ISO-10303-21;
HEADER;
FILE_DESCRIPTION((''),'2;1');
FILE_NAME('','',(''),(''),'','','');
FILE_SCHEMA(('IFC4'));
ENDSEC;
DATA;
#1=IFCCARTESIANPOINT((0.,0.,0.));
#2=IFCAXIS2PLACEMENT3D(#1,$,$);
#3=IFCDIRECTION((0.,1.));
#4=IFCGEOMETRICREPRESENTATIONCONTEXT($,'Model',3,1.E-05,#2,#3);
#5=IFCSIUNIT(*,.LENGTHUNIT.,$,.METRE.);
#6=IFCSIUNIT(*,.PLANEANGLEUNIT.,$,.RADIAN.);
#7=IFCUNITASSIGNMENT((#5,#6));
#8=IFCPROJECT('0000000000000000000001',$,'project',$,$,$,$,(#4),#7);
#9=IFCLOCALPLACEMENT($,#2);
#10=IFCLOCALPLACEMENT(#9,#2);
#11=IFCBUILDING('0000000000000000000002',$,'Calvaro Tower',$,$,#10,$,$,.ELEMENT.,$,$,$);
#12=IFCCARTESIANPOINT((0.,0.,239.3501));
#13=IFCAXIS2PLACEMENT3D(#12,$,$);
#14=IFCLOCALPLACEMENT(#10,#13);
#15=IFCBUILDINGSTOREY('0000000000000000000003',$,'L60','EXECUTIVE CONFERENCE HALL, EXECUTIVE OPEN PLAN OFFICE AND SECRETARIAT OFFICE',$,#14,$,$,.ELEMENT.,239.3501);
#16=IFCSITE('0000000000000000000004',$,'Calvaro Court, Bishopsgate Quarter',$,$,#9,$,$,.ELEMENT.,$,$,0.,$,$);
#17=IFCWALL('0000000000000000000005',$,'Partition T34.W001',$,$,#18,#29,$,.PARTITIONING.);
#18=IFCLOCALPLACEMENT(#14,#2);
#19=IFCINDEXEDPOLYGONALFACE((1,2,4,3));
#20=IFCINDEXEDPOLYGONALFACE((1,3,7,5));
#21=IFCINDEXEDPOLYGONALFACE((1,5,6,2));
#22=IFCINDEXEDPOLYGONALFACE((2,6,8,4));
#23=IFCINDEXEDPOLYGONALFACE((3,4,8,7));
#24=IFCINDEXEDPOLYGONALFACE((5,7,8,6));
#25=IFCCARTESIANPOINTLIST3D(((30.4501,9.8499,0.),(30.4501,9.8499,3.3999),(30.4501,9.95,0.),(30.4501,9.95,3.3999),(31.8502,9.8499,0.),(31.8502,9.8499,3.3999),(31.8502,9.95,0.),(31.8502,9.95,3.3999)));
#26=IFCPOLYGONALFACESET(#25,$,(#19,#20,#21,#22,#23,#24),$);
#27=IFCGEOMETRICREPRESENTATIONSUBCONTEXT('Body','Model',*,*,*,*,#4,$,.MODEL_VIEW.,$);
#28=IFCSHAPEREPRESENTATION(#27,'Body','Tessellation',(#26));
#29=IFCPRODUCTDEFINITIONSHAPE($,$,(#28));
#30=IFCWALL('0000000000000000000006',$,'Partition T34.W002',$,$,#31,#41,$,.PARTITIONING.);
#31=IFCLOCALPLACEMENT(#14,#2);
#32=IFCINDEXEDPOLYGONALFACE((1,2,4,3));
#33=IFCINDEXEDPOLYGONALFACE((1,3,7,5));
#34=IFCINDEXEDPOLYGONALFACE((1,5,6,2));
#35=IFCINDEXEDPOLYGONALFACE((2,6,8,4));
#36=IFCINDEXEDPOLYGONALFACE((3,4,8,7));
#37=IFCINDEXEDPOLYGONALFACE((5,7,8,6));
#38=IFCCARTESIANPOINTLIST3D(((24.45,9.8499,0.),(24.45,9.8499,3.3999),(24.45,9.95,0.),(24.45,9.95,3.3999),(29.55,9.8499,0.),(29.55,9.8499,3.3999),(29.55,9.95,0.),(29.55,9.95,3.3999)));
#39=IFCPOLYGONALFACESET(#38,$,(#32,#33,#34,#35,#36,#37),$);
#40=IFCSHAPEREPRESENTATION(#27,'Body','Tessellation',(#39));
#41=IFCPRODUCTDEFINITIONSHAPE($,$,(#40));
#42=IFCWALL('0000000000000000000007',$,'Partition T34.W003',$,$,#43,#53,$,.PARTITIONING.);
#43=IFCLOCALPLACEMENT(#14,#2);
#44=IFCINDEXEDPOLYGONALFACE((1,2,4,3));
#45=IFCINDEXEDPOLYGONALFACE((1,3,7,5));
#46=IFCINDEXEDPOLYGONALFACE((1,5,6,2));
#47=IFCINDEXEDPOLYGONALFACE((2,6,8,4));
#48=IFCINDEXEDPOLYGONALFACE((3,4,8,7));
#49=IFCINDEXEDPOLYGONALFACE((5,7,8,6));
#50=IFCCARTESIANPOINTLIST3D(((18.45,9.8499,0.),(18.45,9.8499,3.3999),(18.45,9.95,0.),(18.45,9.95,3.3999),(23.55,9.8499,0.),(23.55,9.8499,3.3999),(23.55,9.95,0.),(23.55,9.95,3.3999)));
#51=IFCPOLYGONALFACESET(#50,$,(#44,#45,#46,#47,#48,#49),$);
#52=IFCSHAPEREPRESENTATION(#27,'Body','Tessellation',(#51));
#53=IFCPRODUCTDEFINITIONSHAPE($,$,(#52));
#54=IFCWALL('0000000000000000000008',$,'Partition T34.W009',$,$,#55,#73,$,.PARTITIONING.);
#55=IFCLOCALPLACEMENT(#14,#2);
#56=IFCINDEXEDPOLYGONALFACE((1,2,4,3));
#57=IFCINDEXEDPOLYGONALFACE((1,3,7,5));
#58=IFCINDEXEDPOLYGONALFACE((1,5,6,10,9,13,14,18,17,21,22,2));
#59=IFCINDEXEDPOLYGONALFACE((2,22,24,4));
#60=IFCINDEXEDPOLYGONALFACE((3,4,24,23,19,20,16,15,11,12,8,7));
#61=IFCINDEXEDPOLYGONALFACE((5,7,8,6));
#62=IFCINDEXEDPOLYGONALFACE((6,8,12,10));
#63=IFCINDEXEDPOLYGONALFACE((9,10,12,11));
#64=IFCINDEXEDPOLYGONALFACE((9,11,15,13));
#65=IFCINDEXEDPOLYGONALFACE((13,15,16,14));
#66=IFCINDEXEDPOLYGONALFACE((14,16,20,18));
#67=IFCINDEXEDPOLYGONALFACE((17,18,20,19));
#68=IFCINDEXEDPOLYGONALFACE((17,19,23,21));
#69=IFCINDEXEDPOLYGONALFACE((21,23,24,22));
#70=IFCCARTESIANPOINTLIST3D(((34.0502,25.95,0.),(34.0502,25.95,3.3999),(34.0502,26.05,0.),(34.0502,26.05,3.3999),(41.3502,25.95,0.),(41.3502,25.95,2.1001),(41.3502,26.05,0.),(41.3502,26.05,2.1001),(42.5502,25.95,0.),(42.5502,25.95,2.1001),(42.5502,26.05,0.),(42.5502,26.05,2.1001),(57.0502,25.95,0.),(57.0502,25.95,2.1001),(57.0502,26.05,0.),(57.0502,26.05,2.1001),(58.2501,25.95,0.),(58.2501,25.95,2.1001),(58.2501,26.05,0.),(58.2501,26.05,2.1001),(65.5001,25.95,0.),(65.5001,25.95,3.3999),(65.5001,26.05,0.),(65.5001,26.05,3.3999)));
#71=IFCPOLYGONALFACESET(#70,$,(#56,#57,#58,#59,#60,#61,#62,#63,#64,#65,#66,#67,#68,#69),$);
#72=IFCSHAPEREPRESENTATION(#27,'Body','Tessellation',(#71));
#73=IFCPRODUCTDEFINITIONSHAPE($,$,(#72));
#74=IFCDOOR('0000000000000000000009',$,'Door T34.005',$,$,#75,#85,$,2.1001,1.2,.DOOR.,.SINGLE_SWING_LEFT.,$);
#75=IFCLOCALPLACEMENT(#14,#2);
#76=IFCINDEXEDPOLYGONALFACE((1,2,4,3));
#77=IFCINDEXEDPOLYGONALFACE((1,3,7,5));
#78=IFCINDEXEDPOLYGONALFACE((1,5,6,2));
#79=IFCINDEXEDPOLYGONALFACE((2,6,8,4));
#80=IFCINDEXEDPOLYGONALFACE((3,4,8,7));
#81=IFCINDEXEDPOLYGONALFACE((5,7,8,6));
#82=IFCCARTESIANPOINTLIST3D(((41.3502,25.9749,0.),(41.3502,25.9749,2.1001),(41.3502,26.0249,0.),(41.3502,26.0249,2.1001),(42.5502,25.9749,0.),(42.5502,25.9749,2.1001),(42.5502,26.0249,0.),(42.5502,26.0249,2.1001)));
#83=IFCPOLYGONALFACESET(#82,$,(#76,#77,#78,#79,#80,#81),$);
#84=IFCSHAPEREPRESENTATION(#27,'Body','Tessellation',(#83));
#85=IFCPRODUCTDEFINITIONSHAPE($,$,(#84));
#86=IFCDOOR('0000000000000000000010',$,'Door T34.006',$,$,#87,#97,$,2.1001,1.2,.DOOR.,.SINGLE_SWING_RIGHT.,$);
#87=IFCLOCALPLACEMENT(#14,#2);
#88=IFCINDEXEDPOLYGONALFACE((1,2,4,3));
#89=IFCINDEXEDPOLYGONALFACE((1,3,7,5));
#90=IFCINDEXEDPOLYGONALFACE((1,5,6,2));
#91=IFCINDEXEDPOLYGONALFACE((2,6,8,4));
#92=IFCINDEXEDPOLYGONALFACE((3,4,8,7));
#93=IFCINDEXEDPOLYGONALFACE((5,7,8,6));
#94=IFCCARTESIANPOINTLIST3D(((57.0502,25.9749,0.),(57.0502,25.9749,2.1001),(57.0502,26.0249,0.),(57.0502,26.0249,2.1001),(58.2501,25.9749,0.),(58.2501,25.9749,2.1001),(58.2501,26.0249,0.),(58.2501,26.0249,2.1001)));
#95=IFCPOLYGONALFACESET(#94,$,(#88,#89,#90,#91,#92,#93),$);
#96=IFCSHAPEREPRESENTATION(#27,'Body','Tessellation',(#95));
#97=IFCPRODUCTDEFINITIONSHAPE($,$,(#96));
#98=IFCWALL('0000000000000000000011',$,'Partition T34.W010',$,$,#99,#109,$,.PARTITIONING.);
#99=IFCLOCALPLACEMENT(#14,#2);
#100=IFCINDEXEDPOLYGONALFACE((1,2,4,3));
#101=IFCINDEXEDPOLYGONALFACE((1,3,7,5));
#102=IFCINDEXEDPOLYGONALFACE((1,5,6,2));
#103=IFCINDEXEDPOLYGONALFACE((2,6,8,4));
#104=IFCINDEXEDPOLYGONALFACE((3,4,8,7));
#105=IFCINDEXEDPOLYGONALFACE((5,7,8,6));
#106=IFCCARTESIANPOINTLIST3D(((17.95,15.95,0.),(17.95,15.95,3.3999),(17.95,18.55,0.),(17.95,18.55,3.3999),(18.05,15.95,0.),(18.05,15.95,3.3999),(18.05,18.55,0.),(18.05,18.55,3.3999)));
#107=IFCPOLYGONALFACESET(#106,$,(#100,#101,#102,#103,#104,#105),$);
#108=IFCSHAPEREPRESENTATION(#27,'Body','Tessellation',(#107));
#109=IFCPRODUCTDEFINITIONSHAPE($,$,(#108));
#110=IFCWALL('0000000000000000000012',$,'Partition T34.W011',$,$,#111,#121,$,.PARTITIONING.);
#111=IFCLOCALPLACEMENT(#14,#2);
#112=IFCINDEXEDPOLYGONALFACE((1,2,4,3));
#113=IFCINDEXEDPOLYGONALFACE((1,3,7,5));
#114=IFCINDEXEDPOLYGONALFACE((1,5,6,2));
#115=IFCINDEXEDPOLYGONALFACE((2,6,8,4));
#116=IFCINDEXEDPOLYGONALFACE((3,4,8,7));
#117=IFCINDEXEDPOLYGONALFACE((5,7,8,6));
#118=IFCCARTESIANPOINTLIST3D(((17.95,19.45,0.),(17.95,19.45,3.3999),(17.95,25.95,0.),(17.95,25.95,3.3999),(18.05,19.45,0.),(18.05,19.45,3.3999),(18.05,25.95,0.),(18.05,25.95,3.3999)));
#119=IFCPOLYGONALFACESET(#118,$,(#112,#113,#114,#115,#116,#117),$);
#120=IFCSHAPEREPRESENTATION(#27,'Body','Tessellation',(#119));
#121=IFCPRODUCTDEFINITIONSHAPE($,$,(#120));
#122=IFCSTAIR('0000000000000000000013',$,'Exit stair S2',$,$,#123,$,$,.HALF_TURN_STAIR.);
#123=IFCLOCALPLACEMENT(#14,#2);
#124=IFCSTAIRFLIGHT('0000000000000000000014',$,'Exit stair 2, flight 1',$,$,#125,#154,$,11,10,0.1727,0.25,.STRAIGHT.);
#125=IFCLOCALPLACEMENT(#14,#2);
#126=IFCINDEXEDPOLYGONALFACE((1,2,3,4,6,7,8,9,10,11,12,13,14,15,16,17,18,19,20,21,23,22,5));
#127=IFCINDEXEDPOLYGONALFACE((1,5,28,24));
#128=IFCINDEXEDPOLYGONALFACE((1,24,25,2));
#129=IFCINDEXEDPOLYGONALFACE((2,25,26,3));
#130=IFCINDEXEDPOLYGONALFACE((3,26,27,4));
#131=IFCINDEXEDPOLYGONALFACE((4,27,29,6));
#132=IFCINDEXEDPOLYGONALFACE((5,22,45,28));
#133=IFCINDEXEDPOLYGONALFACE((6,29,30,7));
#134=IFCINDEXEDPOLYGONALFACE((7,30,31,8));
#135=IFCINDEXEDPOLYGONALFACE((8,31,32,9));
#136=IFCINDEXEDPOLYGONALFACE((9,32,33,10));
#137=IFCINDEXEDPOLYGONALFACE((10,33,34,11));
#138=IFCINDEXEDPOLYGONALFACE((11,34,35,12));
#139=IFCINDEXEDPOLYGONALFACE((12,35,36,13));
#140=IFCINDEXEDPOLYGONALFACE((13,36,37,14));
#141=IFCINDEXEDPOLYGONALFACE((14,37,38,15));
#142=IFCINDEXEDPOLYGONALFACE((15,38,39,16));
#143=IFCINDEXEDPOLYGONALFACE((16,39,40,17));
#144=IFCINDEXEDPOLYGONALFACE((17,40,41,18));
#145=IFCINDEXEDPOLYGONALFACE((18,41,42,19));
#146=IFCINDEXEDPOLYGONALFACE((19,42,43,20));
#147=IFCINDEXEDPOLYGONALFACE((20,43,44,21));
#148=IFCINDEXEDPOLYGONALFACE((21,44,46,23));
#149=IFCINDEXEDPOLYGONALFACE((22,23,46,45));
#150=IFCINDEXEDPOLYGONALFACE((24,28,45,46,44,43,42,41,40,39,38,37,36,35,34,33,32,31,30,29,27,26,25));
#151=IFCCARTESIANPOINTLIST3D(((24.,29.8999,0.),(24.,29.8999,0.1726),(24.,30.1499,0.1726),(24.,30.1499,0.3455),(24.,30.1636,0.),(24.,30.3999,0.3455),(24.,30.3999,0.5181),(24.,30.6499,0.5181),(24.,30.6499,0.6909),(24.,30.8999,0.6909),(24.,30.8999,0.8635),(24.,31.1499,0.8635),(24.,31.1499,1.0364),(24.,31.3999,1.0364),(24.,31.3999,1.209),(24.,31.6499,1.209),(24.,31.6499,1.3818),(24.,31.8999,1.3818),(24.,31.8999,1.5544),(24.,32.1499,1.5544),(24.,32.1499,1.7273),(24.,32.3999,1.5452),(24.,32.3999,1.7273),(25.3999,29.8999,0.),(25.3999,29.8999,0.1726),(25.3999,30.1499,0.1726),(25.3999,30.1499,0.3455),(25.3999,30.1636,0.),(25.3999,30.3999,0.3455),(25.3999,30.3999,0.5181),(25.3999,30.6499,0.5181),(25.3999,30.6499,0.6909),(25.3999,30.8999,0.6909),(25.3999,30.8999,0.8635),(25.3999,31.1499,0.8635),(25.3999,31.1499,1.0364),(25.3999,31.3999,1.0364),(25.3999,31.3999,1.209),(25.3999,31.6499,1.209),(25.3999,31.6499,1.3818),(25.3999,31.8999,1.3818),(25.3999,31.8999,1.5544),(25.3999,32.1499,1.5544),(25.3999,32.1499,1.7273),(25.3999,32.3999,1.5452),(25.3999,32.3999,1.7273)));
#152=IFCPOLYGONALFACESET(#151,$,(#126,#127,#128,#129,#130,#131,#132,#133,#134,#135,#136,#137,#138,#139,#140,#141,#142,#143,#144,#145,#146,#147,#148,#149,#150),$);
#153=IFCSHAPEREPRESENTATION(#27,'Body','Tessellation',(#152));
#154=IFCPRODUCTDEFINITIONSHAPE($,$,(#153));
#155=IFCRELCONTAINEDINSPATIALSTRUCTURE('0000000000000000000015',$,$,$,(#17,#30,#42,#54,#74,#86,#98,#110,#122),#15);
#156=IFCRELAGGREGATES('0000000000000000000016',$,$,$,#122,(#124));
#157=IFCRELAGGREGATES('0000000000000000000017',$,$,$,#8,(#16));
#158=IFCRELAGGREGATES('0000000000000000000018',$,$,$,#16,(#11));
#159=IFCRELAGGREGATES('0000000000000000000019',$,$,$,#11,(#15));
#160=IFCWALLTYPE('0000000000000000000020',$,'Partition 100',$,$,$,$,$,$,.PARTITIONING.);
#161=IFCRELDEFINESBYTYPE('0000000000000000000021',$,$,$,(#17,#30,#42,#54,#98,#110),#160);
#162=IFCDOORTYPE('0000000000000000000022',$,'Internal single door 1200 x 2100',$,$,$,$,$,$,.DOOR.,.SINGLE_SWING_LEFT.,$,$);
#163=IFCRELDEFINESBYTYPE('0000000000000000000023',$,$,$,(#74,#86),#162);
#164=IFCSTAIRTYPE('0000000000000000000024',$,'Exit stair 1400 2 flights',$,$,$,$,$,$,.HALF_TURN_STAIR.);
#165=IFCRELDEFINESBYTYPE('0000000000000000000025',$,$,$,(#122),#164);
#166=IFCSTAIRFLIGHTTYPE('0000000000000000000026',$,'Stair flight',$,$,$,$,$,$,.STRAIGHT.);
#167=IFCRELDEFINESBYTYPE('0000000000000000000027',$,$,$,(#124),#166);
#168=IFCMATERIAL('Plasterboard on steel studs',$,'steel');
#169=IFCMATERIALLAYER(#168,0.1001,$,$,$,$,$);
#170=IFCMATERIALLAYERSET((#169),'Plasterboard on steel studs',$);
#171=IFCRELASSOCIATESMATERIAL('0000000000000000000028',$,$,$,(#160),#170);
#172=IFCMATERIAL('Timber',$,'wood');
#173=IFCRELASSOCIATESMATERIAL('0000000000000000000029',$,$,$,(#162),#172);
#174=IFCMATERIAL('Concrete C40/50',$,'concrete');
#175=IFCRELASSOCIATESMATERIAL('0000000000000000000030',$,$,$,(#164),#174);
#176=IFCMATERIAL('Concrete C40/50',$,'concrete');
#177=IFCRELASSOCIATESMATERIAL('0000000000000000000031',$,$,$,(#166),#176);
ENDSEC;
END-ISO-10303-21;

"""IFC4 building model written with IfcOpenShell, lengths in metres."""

from ifc_helpers import new_model, si_unit, direction, frame, frame_2d, origin, place, context, subcontext, project, spatial, polyline, rectangle, outline, extrude, material, layer, layer_set, type_object, element, fill, aggregate, save


model = new_model("IFC4")

# Units and contexts
model_context = context("Model", 3, precision=1e-05, world=origin(), true_north=direction((0.0, 1.0)))
body_context = subcontext(model_context, "Body", "Model", "MODEL_VIEW")
ifc_project = project(units=[si_unit("LENGTHUNIT", "METRE"), si_unit("PLANEANGLEUNIT", "RADIAN")], contexts=[model_context])

# Site, building, storey
site_placement = place(None, origin())
site = spatial("IfcSite", under=ifc_project, at=site_placement, Name="Calvaro Court, Bishopsgate Quarter", CompositionType="ELEMENT", RefElevation=0.0)
building_placement = place(site_placement, origin())
building = spatial("IfcBuilding", under=site, at=building_placement, Name="Calvaro Tower", CompositionType="ELEMENT")
storey_placement = place(building_placement, frame((0.0, 0.0, 239.3501)))
storey = spatial("IfcBuildingStorey", under=building, at=storey_placement, Name="L60", Description="EXECUTIVE CONFERENCE HALL, EXECUTIVE OPEN PLAN OFFICE AND SECRETARIAT OFFICE", CompositionType="ELEMENT", Elevation=239.3501)

# Walls
ifc_material_1 = material(Name="Plasterboard on steel studs", Category="steel")
ifc_layer_1 = layer(ifc_material_1, 0.1001)
ifc_layer_set_1 = layer_set([ifc_layer_1], Name="Plasterboard on steel studs")
wall_type_1 = type_object("IfcWallType", Name="Partition 100", PredefinedType="PARTITIONING", material=ifc_layer_set_1)
wall_1_placement = place(storey_placement, frame((30.45, 9.8999, 0.0), z_axis=(0.0, 0.0, 1.0), x_axis=(1.0, 0.0, 0.0)))
element("IfcWall", 1, at=wall_1_placement, inside=storey, type_object=wall_type_1, Name="Partition T34.W001", PredefinedType="PARTITIONING", context=body_context, shape_type="SweptSolid", body=[
    extrude(rectangle(XDim=1.4001, YDim=0.1001, at=frame_2d((0.7002, 0.0))), origin(), (0.0, 0.0, 1.0), 3.3999),
])
for number, where, z_axis, x_axis, name in (
    (2, (24.45, 9.8999, 0.0), (0.0, 0.0, 1.0), (1.0, 0.0, 0.0), "Partition T34.W002"),
    (3, (18.45, 9.8999, 0.0), (0.0, 0.0, 1.0), (1.0, 0.0, 0.0), "Partition T34.W003"),
):
    element("IfcWall", number, at=place(storey_placement, frame(where, z_axis=z_axis, x_axis=x_axis)), inside=storey, type_object=wall_type_1, Name=name, PredefinedType="PARTITIONING", context=body_context, shape_type="SweptSolid", body=[
        extrude(rectangle(XDim=5.1001, YDim=0.1001, at=frame_2d((2.55, 0.0))), origin(), (0.0, 0.0, 1.0), 3.3999),
    ])

# Wall, openings, doors
wall_2_placement = place(storey_placement, frame((34.05, 26.0, 0.0), z_axis=(0.0, 0.0, 1.0), x_axis=(1.0, 0.0, 0.0)))
wall_2 = element("IfcWall", 4, at=wall_2_placement, inside=storey, type_object=wall_type_1, Name="Partition T34.W009", PredefinedType="PARTITIONING", context=body_context, shape_type="SweptSolid", body=[
    extrude(rectangle(XDim=31.45, YDim=0.1001, at=frame_2d((15.7251, 0.0))), origin(), (0.0, 0.0, 1.0), 3.3999),
])
opening_1_placement = place(wall_2_placement, frame((7.3, 0.0, 0.0)))
opening_1 = element("IfcOpeningElement", 5, at=opening_1_placement, cuts=wall_2, PredefinedType="OPENING", context=body_context, shape_type="SweptSolid", body=[
    extrude(rectangle(XDim=1.2, YDim=2.1001, at=frame_2d((0.6001, 1.05))), frame((0.0, 0.0601, 0.0), z_axis=(0.0, -1.0, 0.0), x_axis=(1.0, 0.0, 0.0)), (0.0, 0.0, 1.0), 0.1201),
])
opening_2_placement = place(wall_2_placement, frame((23.0, 0.0, 0.0)))
opening_2 = element("IfcOpeningElement", 6, at=opening_2_placement, cuts=wall_2, PredefinedType="OPENING", context=body_context, shape_type="SweptSolid", body=[
    extrude(rectangle(XDim=1.2, YDim=2.1001, at=frame_2d((0.6001, 1.05))), frame((0.0, 0.0601, 0.0), z_axis=(0.0, -1.0, 0.0), x_axis=(1.0, 0.0, 0.0)), (0.0, 0.0, 1.0), 0.1201),
])
ifc_material_2 = material(Name="Timber", Category="wood")
door_type_1 = type_object("IfcDoorType", Name="Internal single door 1200 x 2100", OperationType="SINGLE_SWING_LEFT", PredefinedType="DOOR", material=ifc_material_2)
door_1_placement = place(opening_1_placement, origin())
door_1 = element("IfcDoor", 7, at=door_1_placement, inside=storey, type_object=door_type_1, Name="Door T34.005", OperationType="SINGLE_SWING_LEFT", OverallHeight=2.1001, OverallWidth=1.2, PredefinedType="DOOR", context=body_context, shape_type="SweptSolid", body=[
    extrude(rectangle(XDim=1.2, YDim=2.1001, at=frame_2d((0.6001, 1.05))), frame((0.0, 0.0249, 0.0), z_axis=(0.0, -1.0, 0.0), x_axis=(1.0, 0.0, 0.0)), (0.0, 0.0, 1.0), 0.05),
])
fill(opening_1, door_1)
door_2_placement = place(opening_2_placement, origin())
door_2 = element("IfcDoor", 8, at=door_2_placement, inside=storey, type_object=door_type_1, Name="Door T34.006", OperationType="SINGLE_SWING_RIGHT", OverallHeight=2.1001, OverallWidth=1.2, PredefinedType="DOOR", context=body_context, shape_type="SweptSolid", body=[
    extrude(rectangle(XDim=1.2, YDim=2.1001, at=frame_2d((0.6001, 1.05))), frame((0.0, 0.0249, 0.0), z_axis=(0.0, -1.0, 0.0), x_axis=(1.0, 0.0, 0.0)), (0.0, 0.0, 1.0), 0.05),
])
fill(opening_2, door_2)

# Walls
wall_3_placement = place(storey_placement, frame((18.0, 15.95, 0.0), z_axis=(0.0, 0.0, 1.0), x_axis=(0.0, 1.0, 0.0)))
element("IfcWall", 9, at=wall_3_placement, inside=storey, type_object=wall_type_1, Name="Partition T34.W010", PredefinedType="PARTITIONING", context=body_context, shape_type="SweptSolid", body=[
    extrude(rectangle(XDim=2.6001, YDim=0.1001, at=frame_2d((1.3, 0.0))), origin(), (0.0, 0.0, 1.0), 3.3999),
])
wall_4_placement = place(storey_placement, frame((18.0, 19.45, 0.0), z_axis=(0.0, 0.0, 1.0), x_axis=(0.0, 1.0, 0.0)))
element("IfcWall", 10, at=wall_4_placement, inside=storey, type_object=wall_type_1, Name="Partition T34.W011", PredefinedType="PARTITIONING", context=body_context, shape_type="SweptSolid", body=[
    extrude(rectangle(XDim=6.5, YDim=0.1001, at=frame_2d((3.25, 0.0))), origin(), (0.0, 0.0, 1.0), 3.3999),
])

# Stair, stair flight
ifc_material_3 = material(Name="Concrete C40/50", Category="concrete")
stair_type = type_object("IfcStairType", Name="Exit stair 1400 2 flights", PredefinedType="HALF_TURN_STAIR", material=ifc_material_3)
stair_placement = place(storey_placement, origin())
stair = element("IfcStair", 11, at=stair_placement, inside=storey, type_object=stair_type, Name="Exit stair S2", PredefinedType="HALF_TURN_STAIR")
ifc_material_4 = material(Name="Concrete C40/50", Category="concrete")
stair_flight_type = type_object("IfcStairFlightType", Name="Stair flight", PredefinedType="STRAIGHT", material=ifc_material_4)
stair_flight_placement = place(storey_placement, frame((24.7, 29.8999, 0.0), z_axis=(0.0, 0.0, 1.0), x_axis=(0.0, 1.0, 0.0)))
stair_flight = element("IfcStairFlight", 12, at=stair_flight_placement, type_object=stair_flight_type, Name="Exit stair 2, flight 1", NumberOfRisers=11, NumberOfTreads=10, PredefinedType="STRAIGHT", RiserHeight=0.1727, TreadLength=0.25, context=body_context, shape_type="SweptSolid", body=[
    extrude(outline(polyline([(0.0, 0.0), (0.0, 0.1726), (0.25, 0.1726), (0.25, 0.3455), (0.5, 0.3455), (0.5, 0.5181), (0.75, 0.5181), (0.75, 0.6909), (1.0, 0.6909), (1.0, 0.8635), (1.25, 0.8635), (1.25, 1.0364), (1.5, 1.0364), (1.5, 1.209), (1.75, 1.209), (1.75, 1.3818), (2.0, 1.3818), (2.0, 1.5544), (2.25, 1.5544), (2.25, 1.7273), (2.5, 1.7273), (2.5, 1.8999), (2.5, 1.5452), (0.2637, 0.0), (0.0, 0.0)])), frame((0.0, 0.7, 0.0), z_axis=(0.0, -1.0, 0.0), x_axis=(1.0, 0.0, 0.0)), (0.0, 0.0, 1.0), 1.3999),
])
aggregate(stair, [stair_flight])

save(model, "model.ifc")
